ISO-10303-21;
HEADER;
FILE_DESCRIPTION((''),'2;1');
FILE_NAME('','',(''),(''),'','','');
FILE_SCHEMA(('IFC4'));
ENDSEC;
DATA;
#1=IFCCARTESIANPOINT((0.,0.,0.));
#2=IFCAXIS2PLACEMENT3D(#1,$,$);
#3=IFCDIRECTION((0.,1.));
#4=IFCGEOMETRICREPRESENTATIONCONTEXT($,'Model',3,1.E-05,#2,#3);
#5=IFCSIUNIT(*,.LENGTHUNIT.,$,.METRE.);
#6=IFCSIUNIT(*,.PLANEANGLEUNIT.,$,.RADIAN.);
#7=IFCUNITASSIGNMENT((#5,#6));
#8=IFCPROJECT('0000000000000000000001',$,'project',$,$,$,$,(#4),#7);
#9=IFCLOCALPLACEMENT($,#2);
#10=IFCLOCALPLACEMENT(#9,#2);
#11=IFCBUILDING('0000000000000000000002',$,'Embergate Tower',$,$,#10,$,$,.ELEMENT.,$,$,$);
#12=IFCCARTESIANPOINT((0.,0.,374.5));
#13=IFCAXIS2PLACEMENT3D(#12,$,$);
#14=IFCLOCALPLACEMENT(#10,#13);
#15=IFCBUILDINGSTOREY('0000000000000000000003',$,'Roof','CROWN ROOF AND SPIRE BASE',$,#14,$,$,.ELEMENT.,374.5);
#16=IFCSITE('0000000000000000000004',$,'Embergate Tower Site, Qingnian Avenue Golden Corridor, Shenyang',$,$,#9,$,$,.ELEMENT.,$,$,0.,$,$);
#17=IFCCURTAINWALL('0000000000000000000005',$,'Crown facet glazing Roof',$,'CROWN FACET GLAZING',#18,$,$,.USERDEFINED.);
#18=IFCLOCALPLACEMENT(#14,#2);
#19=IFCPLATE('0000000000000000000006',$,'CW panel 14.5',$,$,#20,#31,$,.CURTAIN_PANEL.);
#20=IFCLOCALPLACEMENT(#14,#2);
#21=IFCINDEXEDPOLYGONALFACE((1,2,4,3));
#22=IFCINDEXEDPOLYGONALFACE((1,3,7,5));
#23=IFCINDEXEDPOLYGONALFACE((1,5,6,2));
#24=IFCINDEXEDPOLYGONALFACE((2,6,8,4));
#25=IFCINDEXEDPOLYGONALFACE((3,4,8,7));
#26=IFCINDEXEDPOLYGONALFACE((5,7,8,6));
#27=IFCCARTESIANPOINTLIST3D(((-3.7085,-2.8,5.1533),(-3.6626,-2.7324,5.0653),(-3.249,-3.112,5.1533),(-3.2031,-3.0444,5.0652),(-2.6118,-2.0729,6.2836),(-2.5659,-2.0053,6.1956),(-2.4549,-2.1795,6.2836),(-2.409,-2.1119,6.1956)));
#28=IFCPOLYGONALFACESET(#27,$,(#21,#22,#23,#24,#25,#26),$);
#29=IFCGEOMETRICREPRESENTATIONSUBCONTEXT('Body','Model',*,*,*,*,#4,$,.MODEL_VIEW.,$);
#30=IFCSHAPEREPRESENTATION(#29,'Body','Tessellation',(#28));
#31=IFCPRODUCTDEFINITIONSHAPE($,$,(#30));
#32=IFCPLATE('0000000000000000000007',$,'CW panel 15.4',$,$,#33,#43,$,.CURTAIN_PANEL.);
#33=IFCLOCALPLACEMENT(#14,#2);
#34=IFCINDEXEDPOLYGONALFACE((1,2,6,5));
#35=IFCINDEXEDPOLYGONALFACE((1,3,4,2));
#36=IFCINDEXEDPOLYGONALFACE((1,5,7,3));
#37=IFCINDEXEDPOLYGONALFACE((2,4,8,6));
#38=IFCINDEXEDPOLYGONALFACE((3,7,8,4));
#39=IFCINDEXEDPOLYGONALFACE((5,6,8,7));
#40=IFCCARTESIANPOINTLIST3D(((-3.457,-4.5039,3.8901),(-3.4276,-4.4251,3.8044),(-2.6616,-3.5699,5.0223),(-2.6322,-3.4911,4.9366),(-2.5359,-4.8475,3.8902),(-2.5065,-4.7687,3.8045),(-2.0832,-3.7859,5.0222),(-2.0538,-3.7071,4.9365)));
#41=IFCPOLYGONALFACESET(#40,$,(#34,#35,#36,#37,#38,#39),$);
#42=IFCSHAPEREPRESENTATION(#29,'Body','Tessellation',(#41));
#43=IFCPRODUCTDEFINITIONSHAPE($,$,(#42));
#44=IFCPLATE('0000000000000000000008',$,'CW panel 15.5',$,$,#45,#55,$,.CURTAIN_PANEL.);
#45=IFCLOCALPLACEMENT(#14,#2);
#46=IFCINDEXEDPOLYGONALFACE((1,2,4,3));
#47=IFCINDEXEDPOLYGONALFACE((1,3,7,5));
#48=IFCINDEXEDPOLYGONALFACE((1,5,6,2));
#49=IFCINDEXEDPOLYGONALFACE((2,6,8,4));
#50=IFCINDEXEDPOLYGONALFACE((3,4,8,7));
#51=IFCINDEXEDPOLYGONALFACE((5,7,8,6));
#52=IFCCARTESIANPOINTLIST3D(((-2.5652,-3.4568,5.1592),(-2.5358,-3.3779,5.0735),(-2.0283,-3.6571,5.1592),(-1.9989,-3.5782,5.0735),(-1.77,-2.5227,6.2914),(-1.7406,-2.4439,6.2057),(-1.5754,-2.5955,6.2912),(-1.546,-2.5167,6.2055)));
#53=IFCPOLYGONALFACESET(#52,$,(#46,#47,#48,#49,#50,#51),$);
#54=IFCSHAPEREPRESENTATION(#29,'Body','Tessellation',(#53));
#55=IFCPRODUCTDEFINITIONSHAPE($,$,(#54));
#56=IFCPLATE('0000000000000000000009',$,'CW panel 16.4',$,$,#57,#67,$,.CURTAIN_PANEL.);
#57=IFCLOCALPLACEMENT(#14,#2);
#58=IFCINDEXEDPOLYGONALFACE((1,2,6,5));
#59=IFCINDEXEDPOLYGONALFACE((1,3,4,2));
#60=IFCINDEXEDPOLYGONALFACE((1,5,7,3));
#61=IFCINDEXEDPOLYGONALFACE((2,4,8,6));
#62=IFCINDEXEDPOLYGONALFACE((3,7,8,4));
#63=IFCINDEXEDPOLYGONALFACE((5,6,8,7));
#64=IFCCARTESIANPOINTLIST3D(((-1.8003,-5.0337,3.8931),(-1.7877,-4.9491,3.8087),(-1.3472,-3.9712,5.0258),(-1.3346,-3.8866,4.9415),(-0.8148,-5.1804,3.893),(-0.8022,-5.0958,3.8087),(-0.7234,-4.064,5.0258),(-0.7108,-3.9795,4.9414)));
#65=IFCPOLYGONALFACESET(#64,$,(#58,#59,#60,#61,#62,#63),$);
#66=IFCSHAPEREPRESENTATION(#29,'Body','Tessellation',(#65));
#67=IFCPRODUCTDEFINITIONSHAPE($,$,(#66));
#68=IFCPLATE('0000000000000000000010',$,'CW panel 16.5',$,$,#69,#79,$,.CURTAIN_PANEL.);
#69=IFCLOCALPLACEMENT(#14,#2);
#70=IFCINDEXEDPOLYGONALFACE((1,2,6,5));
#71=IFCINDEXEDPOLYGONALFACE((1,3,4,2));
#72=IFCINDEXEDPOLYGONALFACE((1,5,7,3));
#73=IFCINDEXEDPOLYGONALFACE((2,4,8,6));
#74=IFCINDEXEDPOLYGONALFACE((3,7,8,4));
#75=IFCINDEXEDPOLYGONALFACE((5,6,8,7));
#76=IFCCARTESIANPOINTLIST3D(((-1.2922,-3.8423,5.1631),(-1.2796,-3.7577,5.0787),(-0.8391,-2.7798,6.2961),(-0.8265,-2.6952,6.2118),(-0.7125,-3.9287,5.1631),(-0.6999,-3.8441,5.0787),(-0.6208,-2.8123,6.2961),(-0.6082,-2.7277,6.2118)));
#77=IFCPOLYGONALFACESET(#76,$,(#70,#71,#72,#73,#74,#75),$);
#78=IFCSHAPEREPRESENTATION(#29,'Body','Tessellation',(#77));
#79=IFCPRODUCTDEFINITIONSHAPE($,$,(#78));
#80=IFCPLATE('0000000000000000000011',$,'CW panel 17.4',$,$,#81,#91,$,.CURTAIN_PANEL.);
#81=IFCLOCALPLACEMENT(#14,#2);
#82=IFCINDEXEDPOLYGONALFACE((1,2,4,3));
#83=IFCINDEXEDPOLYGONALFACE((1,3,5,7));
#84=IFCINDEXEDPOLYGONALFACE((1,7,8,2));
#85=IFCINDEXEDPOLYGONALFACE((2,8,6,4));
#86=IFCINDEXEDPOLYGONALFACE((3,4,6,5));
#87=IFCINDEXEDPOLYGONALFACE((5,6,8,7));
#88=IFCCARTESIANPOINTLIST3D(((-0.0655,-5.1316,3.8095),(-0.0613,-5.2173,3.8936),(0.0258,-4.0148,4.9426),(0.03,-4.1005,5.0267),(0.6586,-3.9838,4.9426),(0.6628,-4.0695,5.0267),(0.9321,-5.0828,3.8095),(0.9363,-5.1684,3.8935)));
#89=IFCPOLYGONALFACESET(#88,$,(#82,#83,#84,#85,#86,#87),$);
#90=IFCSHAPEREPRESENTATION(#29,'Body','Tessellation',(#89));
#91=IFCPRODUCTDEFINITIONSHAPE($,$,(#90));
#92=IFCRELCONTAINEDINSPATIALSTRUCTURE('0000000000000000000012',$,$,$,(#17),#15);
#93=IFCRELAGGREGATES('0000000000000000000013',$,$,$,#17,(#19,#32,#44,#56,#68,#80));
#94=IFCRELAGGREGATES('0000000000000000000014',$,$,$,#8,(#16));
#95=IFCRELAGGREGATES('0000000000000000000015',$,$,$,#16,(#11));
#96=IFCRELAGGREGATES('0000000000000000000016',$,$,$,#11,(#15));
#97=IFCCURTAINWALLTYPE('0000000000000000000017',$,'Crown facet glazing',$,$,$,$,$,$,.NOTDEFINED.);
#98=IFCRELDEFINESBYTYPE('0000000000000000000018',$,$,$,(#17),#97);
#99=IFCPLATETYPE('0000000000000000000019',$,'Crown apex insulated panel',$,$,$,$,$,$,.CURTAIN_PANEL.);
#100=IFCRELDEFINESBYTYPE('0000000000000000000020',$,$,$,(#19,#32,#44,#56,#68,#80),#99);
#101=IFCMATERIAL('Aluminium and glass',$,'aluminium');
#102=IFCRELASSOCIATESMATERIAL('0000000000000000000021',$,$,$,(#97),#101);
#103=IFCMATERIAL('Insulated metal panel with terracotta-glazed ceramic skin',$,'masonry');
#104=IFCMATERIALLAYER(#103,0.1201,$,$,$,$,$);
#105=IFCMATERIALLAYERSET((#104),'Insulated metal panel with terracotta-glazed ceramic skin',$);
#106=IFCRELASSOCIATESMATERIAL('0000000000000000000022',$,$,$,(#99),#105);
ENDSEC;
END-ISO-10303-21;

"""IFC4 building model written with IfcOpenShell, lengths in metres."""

from ifc_helpers import new_model, si_unit, direction, frame, origin, place, context, subcontext, project, spatial, polyline, outline, extrude, source, transform, mapped, material, layer, layer_set, type_object, element, aggregate, save


model = new_model("IFC4")

# Units and contexts
model_context = context("Model", 3, precision=1e-05, world=origin(), true_north=direction((0.0, 1.0)))
body_context = subcontext(model_context, "Body", "Model", "MODEL_VIEW")
ifc_project = project(units=[si_unit("LENGTHUNIT", "METRE"), si_unit("PLANEANGLEUNIT", "RADIAN")], contexts=[model_context])

# Site, building, storey
site_placement = place(None, origin())
site = spatial("IfcSite", under=ifc_project, at=site_placement, Name="Embergate Tower Site, Qingnian Avenue Golden Corridor, Shenyang", CompositionType="ELEMENT", RefElevation=0.0)
building_placement = place(site_placement, origin())
building = spatial("IfcBuilding", under=site, at=building_placement, Name="Embergate Tower", CompositionType="ELEMENT")
storey_placement = place(building_placement, frame((0.0, 0.0, 374.5)))
storey = spatial("IfcBuildingStorey", under=building, at=storey_placement, Name="Roof", Description="CROWN ROOF AND SPIRE BASE", CompositionType="ELEMENT", Elevation=374.5)

# Curtain wall
ifc_material_1 = material(Name="Aluminium and glass", Category="aluminium")
curtain_wall_type = type_object("IfcCurtainWallType", Name="Crown facet glazing", PredefinedType="NOTDEFINED", material=ifc_material_1)
curtain_wall_placement = place(storey_placement, origin())
curtain_wall = element("IfcCurtainWall", 1, at=curtain_wall_placement, inside=storey, type_object=curtain_wall_type, Name="Crown facet glazing Roof", ObjectType="CROWN FACET GLAZING", PredefinedType="USERDEFINED")

# Plates
ifc_material_2 = material(Name="Insulated metal panel with terracotta-glazed ceramic skin", Category="masonry")
ifc_layer_1 = layer(ifc_material_2, 0.1201)
ifc_layer_set_1 = layer_set([ifc_layer_1], Name="Insulated metal panel with terracotta-glazed ceramic skin")
plate_type = type_object("IfcPlateType", Name="Crown apex insulated panel", PredefinedType="CURTAIN_PANEL", material=ifc_layer_set_1)
shared_shape_1 = source(origin(), body_context, "Body", "SweptSolid", [
    extrude(outline(polyline([(0.0, 0.0), (0.5554, 0.0), (0.6885, 1.6614), (0.4988, 1.6614), (0.0, 0.0)])), origin(), (0.0, 0.0, -1.0), 0.1201),
])
plate_1_placement = place(storey_placement, frame((-3.7085, -2.8, 5.1533), z_axis=(-0.382123, -0.562929, 0.732866), x_axis=(0.827331, -0.561715, -0.000086)))
plate_1 = element("IfcPlate", 2, at=plate_1_placement, type_object=plate_type, Name="CW panel 14.5", PredefinedType="CURTAIN_PANEL", context=body_context, shape_type="MappedRepresentation", body=[
    mapped(shared_shape_1, transform((0.0, 0.0, 0.0))),
])
shared_shape_2 = source(origin(), body_context, "Body", "SweptSolid", [
    extrude(outline(polyline([(0.0, 0.0), (0.9832, 0.0), (1.0364, 1.6157), (0.4189, 1.616), (0.0, 0.0)])), origin(), (0.0, 0.0, -1.0), 0.1201),
])
plate_2_placement = place(storey_placement, frame((-3.457, -4.5039, 3.8901), z_axis=(-0.244944, -0.656389, 0.713552), x_axis=(0.936932, -0.349511, 0.000112)))
plate_2 = element("IfcPlate", 3, at=plate_2_placement, type_object=plate_type, Name="CW panel 15.4", PredefinedType="CURTAIN_PANEL", context=body_context, shape_type="MappedRepresentation", body=[
    mapped(shared_shape_2, transform((0.0, 0.0, 0.0))),
])
shared_shape_3 = source(origin(), body_context, "Body", "SweptSolid", [
    extrude(outline(polyline([(0.0, 0.0), (0.573, 0.0), (0.6265, 1.6157), (0.4187, 1.616), (0.0, 0.0)])), origin(), (0.0, 0.0, -1.0), 0.1201),
])
plate_3_placement = place(storey_placement, frame((-2.5652, -3.4568, 5.1592), z_axis=(-0.244941, -0.65639, 0.713551), x_axis=(0.936935, -0.349503, 0.000117)))
plate_3 = element("IfcPlate", 4, at=plate_3_placement, type_object=plate_type, Name="CW panel 15.5", PredefinedType="CURTAIN_PANEL", context=body_context, shape_type="MappedRepresentation", body=[
    mapped(shared_shape_3, transform((0.0, 0.0, 0.0))),
])
shared_shape_4 = source(origin(), body_context, "Body", "SweptSolid", [
    extrude(outline(polyline([(0.0, 0.0), (0.9963, 0.0), (0.9224, 1.5913), (0.2917, 1.5913), (0.0, 0.0)])), origin(), (0.0, 0.0, -1.0), 0.1201),
])
plate_4_placement = place(storey_placement, frame((-1.8003, -5.0337, 3.8931), z_axis=(-0.104781, -0.704092, 0.702336), x_axis=(0.989103, -0.147223, -0.000027)))
plate_4 = element("IfcPlate", 5, at=plate_4_placement, type_object=plate_type, Name="CW panel 16.4", PredefinedType="CURTAIN_PANEL", context=body_context, shape_type="MappedRepresentation", body=[
    mapped(shared_shape_4, transform((0.0, 0.0, 0.0))),
])
shared_shape_5 = source(origin(), body_context, "Body", "SweptSolid", [
    extrude(outline(polyline([(0.0, 0.0), (0.5862, 0.0), (0.5122, 1.5916), (0.2915, 1.5916), (0.0, 0.0)])), origin(), (0.0, 0.0, -1.0), 0.1201),
])
plate_5_placement = place(storey_placement, frame((-1.2922, -3.8423, 5.1631), z_axis=(-0.104899, -0.704139, 0.70227), x_axis=(0.989079, -0.147386, -0.000038)))
plate_5 = element("IfcPlate", 6, at=plate_5_placement, type_object=plate_type, Name="CW panel 16.5", PredefinedType="CURTAIN_PANEL", context=body_context, shape_type="MappedRepresentation", body=[
    mapped(shared_shape_5, transform((0.0, 0.0, 0.0))),
])
shared_shape_6 = source(origin(), body_context, "Body", "SweptSolid", [
    extrude(outline(polyline([(0.0, 0.0), (0.9988, 0.0), (0.7793, 1.5869), (0.1458, 1.5869), (0.0, 0.0)])), origin(), (0.0, 0.0, -1.0), 0.1201),
])
plate_6_placement = place(storey_placement, frame((-0.0613, -5.2173, 3.8936), z_axis=(0.034923, -0.713194, 0.700096), x_axis=(0.998804, 0.048899, -0.00001)))
plate_6 = element("IfcPlate", 7, at=plate_6_placement, type_object=plate_type, Name="CW panel 17.4", PredefinedType="CURTAIN_PANEL", context=body_context, shape_type="MappedRepresentation", body=[
    mapped(shared_shape_6, transform((0.0, 0.0, 0.0))),
])
aggregate(curtain_wall, [plate_1, plate_2, plate_3, plate_4, plate_5, plate_6])

save(model, "model.ifc")
